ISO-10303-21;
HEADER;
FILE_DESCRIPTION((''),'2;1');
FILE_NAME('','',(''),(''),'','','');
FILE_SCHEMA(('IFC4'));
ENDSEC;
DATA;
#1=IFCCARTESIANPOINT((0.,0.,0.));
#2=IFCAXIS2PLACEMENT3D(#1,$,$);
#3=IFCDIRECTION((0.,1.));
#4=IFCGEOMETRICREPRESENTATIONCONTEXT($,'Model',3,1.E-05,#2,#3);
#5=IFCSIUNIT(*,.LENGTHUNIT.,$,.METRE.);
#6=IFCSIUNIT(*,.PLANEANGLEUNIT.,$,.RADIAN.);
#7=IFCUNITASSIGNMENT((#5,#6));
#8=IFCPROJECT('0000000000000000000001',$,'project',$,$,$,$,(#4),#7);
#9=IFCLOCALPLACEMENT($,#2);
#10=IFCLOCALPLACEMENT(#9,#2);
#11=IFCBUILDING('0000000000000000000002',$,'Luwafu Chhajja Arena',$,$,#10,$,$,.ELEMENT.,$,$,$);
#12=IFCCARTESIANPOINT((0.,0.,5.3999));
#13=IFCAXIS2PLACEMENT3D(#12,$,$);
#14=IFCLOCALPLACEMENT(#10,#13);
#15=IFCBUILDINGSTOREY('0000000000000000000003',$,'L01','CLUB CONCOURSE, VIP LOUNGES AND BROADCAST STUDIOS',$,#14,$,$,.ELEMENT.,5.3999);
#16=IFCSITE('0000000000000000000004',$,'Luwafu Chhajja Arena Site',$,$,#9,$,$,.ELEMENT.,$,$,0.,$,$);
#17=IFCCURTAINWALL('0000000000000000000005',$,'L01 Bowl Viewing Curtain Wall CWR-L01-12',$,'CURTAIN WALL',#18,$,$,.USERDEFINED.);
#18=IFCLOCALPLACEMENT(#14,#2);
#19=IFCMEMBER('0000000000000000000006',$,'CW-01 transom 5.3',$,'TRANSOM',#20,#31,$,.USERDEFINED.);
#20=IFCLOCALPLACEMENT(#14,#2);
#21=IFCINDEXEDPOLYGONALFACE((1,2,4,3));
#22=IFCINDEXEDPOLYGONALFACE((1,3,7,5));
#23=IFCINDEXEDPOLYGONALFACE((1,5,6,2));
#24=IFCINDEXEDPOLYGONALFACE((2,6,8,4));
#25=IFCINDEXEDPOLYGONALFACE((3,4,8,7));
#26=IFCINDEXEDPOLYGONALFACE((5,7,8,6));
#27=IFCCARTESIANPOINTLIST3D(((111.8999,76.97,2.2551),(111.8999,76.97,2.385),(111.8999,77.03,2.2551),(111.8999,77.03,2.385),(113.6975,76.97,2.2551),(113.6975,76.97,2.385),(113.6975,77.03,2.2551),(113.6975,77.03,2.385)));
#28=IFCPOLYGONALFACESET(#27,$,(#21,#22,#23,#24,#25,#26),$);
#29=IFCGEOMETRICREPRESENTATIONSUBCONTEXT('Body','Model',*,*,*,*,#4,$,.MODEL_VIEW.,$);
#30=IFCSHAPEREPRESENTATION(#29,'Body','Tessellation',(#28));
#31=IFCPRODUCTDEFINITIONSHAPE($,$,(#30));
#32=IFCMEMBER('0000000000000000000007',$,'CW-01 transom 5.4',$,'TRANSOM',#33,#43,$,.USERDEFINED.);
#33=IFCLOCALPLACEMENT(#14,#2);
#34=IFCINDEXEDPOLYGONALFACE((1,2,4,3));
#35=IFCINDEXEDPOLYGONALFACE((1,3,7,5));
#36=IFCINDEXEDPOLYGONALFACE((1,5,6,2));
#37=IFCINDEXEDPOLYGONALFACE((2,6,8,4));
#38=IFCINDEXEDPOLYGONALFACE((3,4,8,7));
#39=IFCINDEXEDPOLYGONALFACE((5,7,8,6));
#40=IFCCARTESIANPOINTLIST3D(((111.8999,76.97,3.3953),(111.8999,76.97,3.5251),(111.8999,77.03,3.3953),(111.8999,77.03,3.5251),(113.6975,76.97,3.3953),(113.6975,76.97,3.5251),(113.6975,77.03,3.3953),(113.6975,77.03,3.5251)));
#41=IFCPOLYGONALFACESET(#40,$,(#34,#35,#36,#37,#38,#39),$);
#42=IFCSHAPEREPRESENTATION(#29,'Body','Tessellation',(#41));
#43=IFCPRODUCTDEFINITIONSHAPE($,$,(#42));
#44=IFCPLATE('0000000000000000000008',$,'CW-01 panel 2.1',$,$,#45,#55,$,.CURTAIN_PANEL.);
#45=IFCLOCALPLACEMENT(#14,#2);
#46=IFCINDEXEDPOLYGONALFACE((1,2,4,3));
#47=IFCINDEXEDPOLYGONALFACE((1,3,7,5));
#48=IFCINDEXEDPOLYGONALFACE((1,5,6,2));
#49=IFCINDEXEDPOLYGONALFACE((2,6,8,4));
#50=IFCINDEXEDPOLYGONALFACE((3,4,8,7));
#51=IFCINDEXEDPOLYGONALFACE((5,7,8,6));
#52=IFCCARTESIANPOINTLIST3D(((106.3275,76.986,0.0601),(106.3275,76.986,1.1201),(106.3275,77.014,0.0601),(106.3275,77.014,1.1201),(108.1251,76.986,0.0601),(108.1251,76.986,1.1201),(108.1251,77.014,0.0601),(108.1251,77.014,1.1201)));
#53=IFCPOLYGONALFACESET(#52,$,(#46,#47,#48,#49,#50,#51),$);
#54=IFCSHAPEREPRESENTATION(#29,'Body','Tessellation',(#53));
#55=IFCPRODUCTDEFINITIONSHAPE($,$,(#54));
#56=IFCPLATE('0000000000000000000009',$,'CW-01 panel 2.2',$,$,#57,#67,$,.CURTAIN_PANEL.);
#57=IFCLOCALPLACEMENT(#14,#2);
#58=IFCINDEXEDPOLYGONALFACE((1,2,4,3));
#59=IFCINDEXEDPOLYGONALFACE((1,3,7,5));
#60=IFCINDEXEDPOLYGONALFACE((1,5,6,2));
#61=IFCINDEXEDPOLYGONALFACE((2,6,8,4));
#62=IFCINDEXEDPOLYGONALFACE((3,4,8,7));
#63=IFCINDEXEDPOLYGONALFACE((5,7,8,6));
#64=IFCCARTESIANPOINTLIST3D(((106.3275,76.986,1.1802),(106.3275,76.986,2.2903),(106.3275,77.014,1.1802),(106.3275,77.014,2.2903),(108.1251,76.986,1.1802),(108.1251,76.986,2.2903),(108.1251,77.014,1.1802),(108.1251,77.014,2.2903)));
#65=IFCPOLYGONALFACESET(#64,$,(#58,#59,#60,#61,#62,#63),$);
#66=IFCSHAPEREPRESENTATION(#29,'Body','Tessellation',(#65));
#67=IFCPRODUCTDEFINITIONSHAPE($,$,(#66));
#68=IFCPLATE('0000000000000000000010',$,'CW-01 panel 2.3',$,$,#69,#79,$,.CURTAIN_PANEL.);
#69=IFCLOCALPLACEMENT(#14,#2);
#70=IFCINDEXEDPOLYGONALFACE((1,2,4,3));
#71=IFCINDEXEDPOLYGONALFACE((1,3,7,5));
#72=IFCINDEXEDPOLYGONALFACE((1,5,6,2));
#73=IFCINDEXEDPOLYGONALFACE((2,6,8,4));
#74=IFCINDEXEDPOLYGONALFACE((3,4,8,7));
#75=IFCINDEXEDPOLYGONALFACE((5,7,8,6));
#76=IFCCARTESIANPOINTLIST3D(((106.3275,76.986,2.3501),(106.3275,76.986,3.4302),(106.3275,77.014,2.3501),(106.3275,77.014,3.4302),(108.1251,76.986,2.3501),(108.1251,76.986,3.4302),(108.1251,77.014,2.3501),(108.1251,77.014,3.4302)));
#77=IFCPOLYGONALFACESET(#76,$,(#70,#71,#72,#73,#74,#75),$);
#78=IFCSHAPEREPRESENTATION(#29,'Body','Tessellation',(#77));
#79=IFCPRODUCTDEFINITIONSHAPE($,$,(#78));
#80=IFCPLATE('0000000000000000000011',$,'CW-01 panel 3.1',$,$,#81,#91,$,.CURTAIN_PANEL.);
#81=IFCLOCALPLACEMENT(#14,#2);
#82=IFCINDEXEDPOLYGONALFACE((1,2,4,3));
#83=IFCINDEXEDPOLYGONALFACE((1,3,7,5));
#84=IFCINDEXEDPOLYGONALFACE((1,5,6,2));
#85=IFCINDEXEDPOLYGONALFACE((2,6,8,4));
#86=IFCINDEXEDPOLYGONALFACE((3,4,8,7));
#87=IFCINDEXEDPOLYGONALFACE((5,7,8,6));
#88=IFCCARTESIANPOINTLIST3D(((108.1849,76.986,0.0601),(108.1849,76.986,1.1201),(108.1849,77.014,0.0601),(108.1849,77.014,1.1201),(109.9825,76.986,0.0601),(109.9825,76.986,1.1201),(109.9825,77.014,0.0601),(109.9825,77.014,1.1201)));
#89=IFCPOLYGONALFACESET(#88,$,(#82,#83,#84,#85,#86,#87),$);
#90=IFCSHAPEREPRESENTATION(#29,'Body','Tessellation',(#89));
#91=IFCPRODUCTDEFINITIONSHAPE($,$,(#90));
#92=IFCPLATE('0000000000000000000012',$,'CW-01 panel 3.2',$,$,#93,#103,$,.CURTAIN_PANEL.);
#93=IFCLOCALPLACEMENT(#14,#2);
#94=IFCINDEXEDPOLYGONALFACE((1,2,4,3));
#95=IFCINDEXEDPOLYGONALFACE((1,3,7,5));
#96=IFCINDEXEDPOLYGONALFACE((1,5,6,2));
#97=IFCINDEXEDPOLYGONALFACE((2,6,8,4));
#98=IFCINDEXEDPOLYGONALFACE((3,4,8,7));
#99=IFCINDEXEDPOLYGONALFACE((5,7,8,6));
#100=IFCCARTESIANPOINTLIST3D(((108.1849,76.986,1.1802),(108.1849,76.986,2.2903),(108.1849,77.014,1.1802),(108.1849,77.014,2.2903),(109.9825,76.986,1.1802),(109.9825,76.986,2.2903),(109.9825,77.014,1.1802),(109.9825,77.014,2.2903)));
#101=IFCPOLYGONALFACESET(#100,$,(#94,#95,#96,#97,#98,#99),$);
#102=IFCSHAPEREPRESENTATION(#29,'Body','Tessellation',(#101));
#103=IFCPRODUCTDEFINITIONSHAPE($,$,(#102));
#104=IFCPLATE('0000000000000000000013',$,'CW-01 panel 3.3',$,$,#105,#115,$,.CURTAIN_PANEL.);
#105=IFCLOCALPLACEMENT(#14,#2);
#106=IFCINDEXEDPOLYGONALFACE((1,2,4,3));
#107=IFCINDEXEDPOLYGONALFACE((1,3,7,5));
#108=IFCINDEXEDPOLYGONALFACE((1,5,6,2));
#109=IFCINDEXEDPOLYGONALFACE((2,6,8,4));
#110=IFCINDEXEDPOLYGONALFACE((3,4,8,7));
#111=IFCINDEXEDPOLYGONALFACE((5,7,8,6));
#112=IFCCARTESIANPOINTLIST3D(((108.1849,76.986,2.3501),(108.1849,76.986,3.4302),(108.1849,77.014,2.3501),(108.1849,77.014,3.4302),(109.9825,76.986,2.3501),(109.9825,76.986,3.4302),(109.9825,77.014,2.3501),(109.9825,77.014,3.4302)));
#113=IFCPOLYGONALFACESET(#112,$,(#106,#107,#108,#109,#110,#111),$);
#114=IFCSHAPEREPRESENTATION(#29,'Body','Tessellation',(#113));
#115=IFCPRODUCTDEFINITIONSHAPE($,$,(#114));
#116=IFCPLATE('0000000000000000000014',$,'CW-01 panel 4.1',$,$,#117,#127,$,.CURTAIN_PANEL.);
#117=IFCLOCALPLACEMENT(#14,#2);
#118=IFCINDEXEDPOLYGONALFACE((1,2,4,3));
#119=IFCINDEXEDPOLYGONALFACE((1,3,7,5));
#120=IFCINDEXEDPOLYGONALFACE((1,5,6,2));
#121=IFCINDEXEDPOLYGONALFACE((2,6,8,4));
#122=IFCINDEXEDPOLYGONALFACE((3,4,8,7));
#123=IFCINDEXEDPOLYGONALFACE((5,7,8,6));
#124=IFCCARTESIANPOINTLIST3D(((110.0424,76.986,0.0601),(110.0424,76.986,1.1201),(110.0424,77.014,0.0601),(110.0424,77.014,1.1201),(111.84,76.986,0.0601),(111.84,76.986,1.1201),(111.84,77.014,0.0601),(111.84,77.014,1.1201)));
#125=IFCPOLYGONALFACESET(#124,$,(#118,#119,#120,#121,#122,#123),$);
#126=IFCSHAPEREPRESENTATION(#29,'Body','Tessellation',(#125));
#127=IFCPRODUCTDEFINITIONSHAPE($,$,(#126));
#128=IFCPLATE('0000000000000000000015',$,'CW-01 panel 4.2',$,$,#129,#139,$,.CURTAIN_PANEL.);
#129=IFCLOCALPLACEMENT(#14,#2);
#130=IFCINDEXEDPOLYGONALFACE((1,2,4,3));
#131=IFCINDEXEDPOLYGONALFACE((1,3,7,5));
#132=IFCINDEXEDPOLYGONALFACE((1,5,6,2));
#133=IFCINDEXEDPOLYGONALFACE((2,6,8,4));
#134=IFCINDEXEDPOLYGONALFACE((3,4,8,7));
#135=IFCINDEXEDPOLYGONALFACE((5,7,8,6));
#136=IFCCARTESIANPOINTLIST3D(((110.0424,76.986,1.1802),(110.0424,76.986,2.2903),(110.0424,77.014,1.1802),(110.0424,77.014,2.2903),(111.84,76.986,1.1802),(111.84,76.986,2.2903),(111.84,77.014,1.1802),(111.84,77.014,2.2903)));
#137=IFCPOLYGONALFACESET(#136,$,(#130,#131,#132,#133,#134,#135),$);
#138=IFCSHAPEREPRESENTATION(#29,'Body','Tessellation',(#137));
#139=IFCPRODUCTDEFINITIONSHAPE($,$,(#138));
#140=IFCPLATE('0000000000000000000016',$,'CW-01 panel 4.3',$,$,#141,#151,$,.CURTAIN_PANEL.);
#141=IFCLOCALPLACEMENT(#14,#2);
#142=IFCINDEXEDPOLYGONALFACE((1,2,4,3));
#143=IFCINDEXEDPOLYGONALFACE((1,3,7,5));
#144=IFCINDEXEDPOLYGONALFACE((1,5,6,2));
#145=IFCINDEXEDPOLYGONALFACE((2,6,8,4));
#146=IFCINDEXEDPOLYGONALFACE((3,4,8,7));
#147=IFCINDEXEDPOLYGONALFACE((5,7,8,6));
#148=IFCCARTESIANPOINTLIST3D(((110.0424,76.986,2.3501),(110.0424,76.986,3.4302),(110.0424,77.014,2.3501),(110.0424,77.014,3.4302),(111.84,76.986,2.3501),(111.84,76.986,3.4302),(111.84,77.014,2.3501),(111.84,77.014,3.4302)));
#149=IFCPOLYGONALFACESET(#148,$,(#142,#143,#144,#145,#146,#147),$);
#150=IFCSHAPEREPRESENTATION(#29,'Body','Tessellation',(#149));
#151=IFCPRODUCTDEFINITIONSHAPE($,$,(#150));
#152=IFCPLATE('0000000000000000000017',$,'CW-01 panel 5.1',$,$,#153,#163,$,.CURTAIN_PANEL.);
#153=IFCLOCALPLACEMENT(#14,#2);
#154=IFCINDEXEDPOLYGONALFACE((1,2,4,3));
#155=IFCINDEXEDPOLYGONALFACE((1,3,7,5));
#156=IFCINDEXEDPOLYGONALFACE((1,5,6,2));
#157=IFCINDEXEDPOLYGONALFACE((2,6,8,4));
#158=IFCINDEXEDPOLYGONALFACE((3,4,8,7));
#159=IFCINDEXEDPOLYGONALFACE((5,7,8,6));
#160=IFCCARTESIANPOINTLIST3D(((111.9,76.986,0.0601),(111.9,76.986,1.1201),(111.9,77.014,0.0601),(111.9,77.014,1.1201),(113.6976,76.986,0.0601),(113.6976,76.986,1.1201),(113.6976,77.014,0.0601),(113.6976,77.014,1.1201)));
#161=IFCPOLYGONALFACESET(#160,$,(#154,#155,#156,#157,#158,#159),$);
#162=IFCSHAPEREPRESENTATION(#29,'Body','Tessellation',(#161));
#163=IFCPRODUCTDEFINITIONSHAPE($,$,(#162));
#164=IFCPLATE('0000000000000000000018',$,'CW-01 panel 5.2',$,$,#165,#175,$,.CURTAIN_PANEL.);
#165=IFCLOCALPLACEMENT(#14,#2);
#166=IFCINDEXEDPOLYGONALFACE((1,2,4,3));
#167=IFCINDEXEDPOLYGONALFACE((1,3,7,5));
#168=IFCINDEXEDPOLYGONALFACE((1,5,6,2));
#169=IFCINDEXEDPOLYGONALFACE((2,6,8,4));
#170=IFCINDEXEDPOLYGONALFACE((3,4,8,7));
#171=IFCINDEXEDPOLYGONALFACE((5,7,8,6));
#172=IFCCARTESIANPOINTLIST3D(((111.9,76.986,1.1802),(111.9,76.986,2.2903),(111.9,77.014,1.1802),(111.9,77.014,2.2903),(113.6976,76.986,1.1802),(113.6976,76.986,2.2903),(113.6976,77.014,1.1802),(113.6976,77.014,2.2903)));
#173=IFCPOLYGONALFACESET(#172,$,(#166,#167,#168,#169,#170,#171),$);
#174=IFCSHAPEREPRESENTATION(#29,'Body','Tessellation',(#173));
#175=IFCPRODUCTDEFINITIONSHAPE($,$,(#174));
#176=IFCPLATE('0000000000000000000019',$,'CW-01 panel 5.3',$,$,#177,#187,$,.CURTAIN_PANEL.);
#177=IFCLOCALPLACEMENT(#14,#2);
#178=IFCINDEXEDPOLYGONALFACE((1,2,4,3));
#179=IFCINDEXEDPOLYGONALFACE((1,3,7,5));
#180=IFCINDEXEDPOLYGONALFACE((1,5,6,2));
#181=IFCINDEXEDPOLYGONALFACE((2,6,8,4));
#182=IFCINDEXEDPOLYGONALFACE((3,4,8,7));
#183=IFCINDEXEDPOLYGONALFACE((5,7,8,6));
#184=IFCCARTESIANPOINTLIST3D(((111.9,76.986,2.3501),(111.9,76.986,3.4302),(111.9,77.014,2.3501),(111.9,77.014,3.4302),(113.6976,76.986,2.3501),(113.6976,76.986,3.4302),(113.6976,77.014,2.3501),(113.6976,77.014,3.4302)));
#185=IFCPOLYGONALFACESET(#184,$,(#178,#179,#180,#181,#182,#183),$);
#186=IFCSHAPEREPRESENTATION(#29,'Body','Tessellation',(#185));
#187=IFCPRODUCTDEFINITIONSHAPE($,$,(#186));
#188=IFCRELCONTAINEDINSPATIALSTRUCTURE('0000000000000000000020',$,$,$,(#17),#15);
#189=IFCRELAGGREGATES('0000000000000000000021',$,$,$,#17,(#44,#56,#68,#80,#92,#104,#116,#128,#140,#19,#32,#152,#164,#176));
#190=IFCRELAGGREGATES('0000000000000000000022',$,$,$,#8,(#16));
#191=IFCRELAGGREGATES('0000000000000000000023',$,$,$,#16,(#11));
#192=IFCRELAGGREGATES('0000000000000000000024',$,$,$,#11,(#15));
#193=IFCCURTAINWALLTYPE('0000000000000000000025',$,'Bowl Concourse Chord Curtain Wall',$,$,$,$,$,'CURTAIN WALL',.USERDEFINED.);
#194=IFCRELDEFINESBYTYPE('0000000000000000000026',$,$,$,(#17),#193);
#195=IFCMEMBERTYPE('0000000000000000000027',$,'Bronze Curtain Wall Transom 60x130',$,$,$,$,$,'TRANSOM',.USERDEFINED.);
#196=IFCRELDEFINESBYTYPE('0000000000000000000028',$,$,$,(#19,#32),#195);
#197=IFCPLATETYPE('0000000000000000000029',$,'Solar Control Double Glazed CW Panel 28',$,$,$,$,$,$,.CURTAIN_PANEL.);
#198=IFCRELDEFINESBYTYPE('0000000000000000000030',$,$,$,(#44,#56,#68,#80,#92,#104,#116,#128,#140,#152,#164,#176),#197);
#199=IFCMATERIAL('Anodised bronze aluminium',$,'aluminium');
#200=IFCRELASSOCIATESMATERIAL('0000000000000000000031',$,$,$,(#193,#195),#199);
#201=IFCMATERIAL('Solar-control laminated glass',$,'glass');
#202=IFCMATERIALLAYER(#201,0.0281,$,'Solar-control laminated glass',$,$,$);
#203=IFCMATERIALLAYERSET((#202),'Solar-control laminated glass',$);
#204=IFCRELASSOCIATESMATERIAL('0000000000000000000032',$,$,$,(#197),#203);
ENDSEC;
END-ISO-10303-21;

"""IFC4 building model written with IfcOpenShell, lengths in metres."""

from ifc_helpers import new_model, si_unit, direction, frame, origin, origin_2d, place, context, subcontext, project, spatial, rectangle, extrude, material, layer, layer_set, material_profile, profile_set, type_object, element, aggregate, save


model = new_model("IFC4")

# Units and contexts
model_context = context("Model", 3, precision=1e-05, world=origin(), true_north=direction((0.0, 1.0)))
body_context = subcontext(model_context, "Body", "Model", "MODEL_VIEW")
ifc_project = project(units=[si_unit("LENGTHUNIT", "METRE"), si_unit("PLANEANGLEUNIT", "RADIAN")], contexts=[model_context])

# Site, building, storey
site_placement = place(None, origin())
site = spatial("IfcSite", under=ifc_project, at=site_placement, Name="Luwafu Chhajja Arena Site", CompositionType="ELEMENT", RefElevation=0.0)
building_placement = place(site_placement, origin())
building = spatial("IfcBuilding", under=site, at=building_placement, Name="Luwafu Chhajja Arena", CompositionType="ELEMENT")
storey_placement = place(building_placement, frame((0.0, 0.0, 5.3999)))
storey = spatial("IfcBuildingStorey", under=building, at=storey_placement, Name="L01", Description="CLUB CONCOURSE, VIP LOUNGES AND BROADCAST STUDIOS", CompositionType="ELEMENT", Elevation=5.3999)

# Curtain wall, members, plates
ifc_material_1 = material(Name="Anodised bronze aluminium", Category="aluminium")
curtain_wall_type = type_object("IfcCurtainWallType", Name="Bowl Concourse Chord Curtain Wall", ElementType="CURTAIN WALL", PredefinedType="USERDEFINED", material=ifc_material_1)
curtain_wall_placement = place(storey_placement, origin())
curtain_wall = element("IfcCurtainWall", 1, at=curtain_wall_placement, inside=storey, type_object=curtain_wall_type, Name="L01 Bowl Viewing Curtain Wall CWR-L01-12", ObjectType="CURTAIN WALL", PredefinedType="USERDEFINED")
ifc_material_profile_1 = material_profile(ifc_material_1, rectangle(XDim=0.0601, YDim=0.1299, at=origin_2d()), Name="CWT 60x130")
ifc_profile_set_1 = profile_set([ifc_material_profile_1], Name="Anodised bronze aluminium")
member_type_1 = type_object("IfcMemberType", Name="Bronze Curtain Wall Transom 60x130", ElementType="TRANSOM", PredefinedType="USERDEFINED", material=ifc_profile_set_1)
member_1_placement = place(storey_placement, frame((111.8999, 77.0, 2.3201), z_axis=(1.0, 0.0, 0.0), x_axis=(0.0, 1.0, 0.0)))
member_1 = element("IfcMember", 2, at=member_1_placement, type_object=member_type_1, Name="CW-01 transom 5.3", ObjectType="TRANSOM", PredefinedType="USERDEFINED", context=body_context, shape_type="SweptSolid", body=[
    extrude(rectangle(XDim=0.0601, YDim=0.1299, at=origin_2d()), origin(), (0.0, 0.0, 1.0), 1.7976),
])
member_2_placement = place(storey_placement, frame((111.8999, 77.0, 3.4602), z_axis=(1.0, 0.0, 0.0), x_axis=(0.0, 1.0, 0.0)))
member_2 = element("IfcMember", 3, at=member_2_placement, type_object=member_type_1, Name="CW-01 transom 5.4", ObjectType="TRANSOM", PredefinedType="USERDEFINED", context=body_context, shape_type="SweptSolid", body=[
    extrude(rectangle(XDim=0.0601, YDim=0.1299, at=origin_2d()), origin(), (0.0, 0.0, 1.0), 1.7976),
])
ifc_material_2 = material(Name="Solar-control laminated glass", Category="glass")
ifc_layer = layer(ifc_material_2, 0.0281, Name="Solar-control laminated glass")
ifc_layer_set = layer_set([ifc_layer], Name="Solar-control laminated glass")
plate_type = type_object("IfcPlateType", Name="Solar Control Double Glazed CW Panel 28", PredefinedType="CURTAIN_PANEL", material=ifc_layer_set)
plate_1_placement = place(storey_placement, frame((107.2263, 77.0, 0.0601), z_axis=(0.0, 0.0, 1.0), x_axis=(1.0, 0.0, 0.0)))
plate_1 = element("IfcPlate", 4, at=plate_1_placement, type_object=plate_type, Name="CW-01 panel 2.1", PredefinedType="CURTAIN_PANEL", context=body_context, shape_type="SweptSolid", body=[
    extrude(rectangle(XDim=1.7976, YDim=0.0281, at=origin_2d()), origin(), (0.0, 0.0, 1.0), 1.0601),
])
plate_2_placement = place(storey_placement, frame((107.2263, 77.0, 1.1802), z_axis=(0.0, 0.0, 1.0), x_axis=(1.0, 0.0, 0.0)))
plate_2 = element("IfcPlate", 5, at=plate_2_placement, type_object=plate_type, Name="CW-01 panel 2.2", PredefinedType="CURTAIN_PANEL", context=body_context, shape_type="SweptSolid", body=[
    extrude(rectangle(XDim=1.7976, YDim=0.0281, at=origin_2d()), origin(), (0.0, 0.0, 1.0), 1.1101),
])
plate_3_placement = place(storey_placement, frame((107.2263, 77.0, 2.3501), z_axis=(0.0, 0.0, 1.0), x_axis=(1.0, 0.0, 0.0)))
plate_3 = element("IfcPlate", 6, at=plate_3_placement, type_object=plate_type, Name="CW-01 panel 2.3", PredefinedType="CURTAIN_PANEL", context=body_context, shape_type="SweptSolid", body=[
    extrude(rectangle(XDim=1.7976, YDim=0.0281, at=origin_2d()), origin(), (0.0, 0.0, 1.0), 1.0801),
])
plate_4_placement = place(storey_placement, frame((109.0837, 77.0, 0.0601), z_axis=(0.0, 0.0, 1.0), x_axis=(1.0, 0.0, 0.0)))
plate_4 = element("IfcPlate", 7, at=plate_4_placement, type_object=plate_type, Name="CW-01 panel 3.1", PredefinedType="CURTAIN_PANEL", context=body_context, shape_type="SweptSolid", body=[
    extrude(rectangle(XDim=1.7976, YDim=0.0281, at=origin_2d()), origin(), (0.0, 0.0, 1.0), 1.0601),
])
plate_5_placement = place(storey_placement, frame((109.0837, 77.0, 1.1802), z_axis=(0.0, 0.0, 1.0), x_axis=(1.0, 0.0, 0.0)))
plate_5 = element("IfcPlate", 8, at=plate_5_placement, type_object=plate_type, Name="CW-01 panel 3.2", PredefinedType="CURTAIN_PANEL", context=body_context, shape_type="SweptSolid", body=[
    extrude(rectangle(XDim=1.7976, YDim=0.0281, at=origin_2d()), origin(), (0.0, 0.0, 1.0), 1.1101),
])
plate_6_placement = place(storey_placement, frame((109.0837, 77.0, 2.3501), z_axis=(0.0, 0.0, 1.0), x_axis=(1.0, 0.0, 0.0)))
plate_6 = element("IfcPlate", 9, at=plate_6_placement, type_object=plate_type, Name="CW-01 panel 3.3", PredefinedType="CURTAIN_PANEL", context=body_context, shape_type="SweptSolid", body=[
    extrude(rectangle(XDim=1.7976, YDim=0.0281, at=origin_2d()), origin(), (0.0, 0.0, 1.0), 1.0801),
])
plate_7_placement = place(storey_placement, frame((110.9412, 77.0, 0.0601), z_axis=(0.0, 0.0, 1.0), x_axis=(1.0, 0.0, 0.0)))
plate_7 = element("IfcPlate", 10, at=plate_7_placement, type_object=plate_type, Name="CW-01 panel 4.1", PredefinedType="CURTAIN_PANEL", context=body_context, shape_type="SweptSolid", body=[
    extrude(rectangle(XDim=1.7976, YDim=0.0281, at=origin_2d()), origin(), (0.0, 0.0, 1.0), 1.0601),
])
plate_8_placement = place(storey_placement, frame((110.9412, 77.0, 1.1802), z_axis=(0.0, 0.0, 1.0), x_axis=(1.0, 0.0, 0.0)))
plate_8 = element("IfcPlate", 11, at=plate_8_placement, type_object=plate_type, Name="CW-01 panel 4.2", PredefinedType="CURTAIN_PANEL", context=body_context, shape_type="SweptSolid", body=[
    extrude(rectangle(XDim=1.7976, YDim=0.0281, at=origin_2d()), origin(), (0.0, 0.0, 1.0), 1.1101),
])
plate_9_placement = place(storey_placement, frame((110.9412, 77.0, 2.3501), z_axis=(0.0, 0.0, 1.0), x_axis=(1.0, 0.0, 0.0)))
plate_9 = element("IfcPlate", 12, at=plate_9_placement, type_object=plate_type, Name="CW-01 panel 4.3", PredefinedType="CURTAIN_PANEL", context=body_context, shape_type="SweptSolid", body=[
    extrude(rectangle(XDim=1.7976, YDim=0.0281, at=origin_2d()), origin(), (0.0, 0.0, 1.0), 1.0801),
])
plate_10_placement = place(storey_placement, frame((112.7988, 77.0, 0.0601), z_axis=(0.0, 0.0, 1.0), x_axis=(1.0, 0.0, 0.0)))
plate_10 = element("IfcPlate", 13, at=plate_10_placement, type_object=plate_type, Name="CW-01 panel 5.1", PredefinedType="CURTAIN_PANEL", context=body_context, shape_type="SweptSolid", body=[
    extrude(rectangle(XDim=1.7976, YDim=0.0281, at=origin_2d()), origin(), (0.0, 0.0, 1.0), 1.0601),
])
plate_11_placement = place(storey_placement, frame((112.7988, 77.0, 1.1802), z_axis=(0.0, 0.0, 1.0), x_axis=(1.0, 0.0, 0.0)))
plate_11 = element("IfcPlate", 14, at=plate_11_placement, type_object=plate_type, Name="CW-01 panel 5.2", PredefinedType="CURTAIN_PANEL", context=body_context, shape_type="SweptSolid", body=[
    extrude(rectangle(XDim=1.7976, YDim=0.0281, at=origin_2d()), origin(), (0.0, 0.0, 1.0), 1.1101),
])
plate_12_placement = place(storey_placement, frame((112.7988, 77.0, 2.3501), z_axis=(0.0, 0.0, 1.0), x_axis=(1.0, 0.0, 0.0)))
plate_12 = element("IfcPlate", 15, at=plate_12_placement, type_object=plate_type, Name="CW-01 panel 5.3", PredefinedType="CURTAIN_PANEL", context=body_context, shape_type="SweptSolid", body=[
    extrude(rectangle(XDim=1.7976, YDim=0.0281, at=origin_2d()), origin(), (0.0, 0.0, 1.0), 1.0801),
])
aggregate(curtain_wall, [plate_1, plate_2, plate_3, plate_4, plate_5, plate_6, plate_7, plate_8, plate_9, member_1, member_2, plate_10, plate_11, plate_12])

save(model, "model.ifc")
